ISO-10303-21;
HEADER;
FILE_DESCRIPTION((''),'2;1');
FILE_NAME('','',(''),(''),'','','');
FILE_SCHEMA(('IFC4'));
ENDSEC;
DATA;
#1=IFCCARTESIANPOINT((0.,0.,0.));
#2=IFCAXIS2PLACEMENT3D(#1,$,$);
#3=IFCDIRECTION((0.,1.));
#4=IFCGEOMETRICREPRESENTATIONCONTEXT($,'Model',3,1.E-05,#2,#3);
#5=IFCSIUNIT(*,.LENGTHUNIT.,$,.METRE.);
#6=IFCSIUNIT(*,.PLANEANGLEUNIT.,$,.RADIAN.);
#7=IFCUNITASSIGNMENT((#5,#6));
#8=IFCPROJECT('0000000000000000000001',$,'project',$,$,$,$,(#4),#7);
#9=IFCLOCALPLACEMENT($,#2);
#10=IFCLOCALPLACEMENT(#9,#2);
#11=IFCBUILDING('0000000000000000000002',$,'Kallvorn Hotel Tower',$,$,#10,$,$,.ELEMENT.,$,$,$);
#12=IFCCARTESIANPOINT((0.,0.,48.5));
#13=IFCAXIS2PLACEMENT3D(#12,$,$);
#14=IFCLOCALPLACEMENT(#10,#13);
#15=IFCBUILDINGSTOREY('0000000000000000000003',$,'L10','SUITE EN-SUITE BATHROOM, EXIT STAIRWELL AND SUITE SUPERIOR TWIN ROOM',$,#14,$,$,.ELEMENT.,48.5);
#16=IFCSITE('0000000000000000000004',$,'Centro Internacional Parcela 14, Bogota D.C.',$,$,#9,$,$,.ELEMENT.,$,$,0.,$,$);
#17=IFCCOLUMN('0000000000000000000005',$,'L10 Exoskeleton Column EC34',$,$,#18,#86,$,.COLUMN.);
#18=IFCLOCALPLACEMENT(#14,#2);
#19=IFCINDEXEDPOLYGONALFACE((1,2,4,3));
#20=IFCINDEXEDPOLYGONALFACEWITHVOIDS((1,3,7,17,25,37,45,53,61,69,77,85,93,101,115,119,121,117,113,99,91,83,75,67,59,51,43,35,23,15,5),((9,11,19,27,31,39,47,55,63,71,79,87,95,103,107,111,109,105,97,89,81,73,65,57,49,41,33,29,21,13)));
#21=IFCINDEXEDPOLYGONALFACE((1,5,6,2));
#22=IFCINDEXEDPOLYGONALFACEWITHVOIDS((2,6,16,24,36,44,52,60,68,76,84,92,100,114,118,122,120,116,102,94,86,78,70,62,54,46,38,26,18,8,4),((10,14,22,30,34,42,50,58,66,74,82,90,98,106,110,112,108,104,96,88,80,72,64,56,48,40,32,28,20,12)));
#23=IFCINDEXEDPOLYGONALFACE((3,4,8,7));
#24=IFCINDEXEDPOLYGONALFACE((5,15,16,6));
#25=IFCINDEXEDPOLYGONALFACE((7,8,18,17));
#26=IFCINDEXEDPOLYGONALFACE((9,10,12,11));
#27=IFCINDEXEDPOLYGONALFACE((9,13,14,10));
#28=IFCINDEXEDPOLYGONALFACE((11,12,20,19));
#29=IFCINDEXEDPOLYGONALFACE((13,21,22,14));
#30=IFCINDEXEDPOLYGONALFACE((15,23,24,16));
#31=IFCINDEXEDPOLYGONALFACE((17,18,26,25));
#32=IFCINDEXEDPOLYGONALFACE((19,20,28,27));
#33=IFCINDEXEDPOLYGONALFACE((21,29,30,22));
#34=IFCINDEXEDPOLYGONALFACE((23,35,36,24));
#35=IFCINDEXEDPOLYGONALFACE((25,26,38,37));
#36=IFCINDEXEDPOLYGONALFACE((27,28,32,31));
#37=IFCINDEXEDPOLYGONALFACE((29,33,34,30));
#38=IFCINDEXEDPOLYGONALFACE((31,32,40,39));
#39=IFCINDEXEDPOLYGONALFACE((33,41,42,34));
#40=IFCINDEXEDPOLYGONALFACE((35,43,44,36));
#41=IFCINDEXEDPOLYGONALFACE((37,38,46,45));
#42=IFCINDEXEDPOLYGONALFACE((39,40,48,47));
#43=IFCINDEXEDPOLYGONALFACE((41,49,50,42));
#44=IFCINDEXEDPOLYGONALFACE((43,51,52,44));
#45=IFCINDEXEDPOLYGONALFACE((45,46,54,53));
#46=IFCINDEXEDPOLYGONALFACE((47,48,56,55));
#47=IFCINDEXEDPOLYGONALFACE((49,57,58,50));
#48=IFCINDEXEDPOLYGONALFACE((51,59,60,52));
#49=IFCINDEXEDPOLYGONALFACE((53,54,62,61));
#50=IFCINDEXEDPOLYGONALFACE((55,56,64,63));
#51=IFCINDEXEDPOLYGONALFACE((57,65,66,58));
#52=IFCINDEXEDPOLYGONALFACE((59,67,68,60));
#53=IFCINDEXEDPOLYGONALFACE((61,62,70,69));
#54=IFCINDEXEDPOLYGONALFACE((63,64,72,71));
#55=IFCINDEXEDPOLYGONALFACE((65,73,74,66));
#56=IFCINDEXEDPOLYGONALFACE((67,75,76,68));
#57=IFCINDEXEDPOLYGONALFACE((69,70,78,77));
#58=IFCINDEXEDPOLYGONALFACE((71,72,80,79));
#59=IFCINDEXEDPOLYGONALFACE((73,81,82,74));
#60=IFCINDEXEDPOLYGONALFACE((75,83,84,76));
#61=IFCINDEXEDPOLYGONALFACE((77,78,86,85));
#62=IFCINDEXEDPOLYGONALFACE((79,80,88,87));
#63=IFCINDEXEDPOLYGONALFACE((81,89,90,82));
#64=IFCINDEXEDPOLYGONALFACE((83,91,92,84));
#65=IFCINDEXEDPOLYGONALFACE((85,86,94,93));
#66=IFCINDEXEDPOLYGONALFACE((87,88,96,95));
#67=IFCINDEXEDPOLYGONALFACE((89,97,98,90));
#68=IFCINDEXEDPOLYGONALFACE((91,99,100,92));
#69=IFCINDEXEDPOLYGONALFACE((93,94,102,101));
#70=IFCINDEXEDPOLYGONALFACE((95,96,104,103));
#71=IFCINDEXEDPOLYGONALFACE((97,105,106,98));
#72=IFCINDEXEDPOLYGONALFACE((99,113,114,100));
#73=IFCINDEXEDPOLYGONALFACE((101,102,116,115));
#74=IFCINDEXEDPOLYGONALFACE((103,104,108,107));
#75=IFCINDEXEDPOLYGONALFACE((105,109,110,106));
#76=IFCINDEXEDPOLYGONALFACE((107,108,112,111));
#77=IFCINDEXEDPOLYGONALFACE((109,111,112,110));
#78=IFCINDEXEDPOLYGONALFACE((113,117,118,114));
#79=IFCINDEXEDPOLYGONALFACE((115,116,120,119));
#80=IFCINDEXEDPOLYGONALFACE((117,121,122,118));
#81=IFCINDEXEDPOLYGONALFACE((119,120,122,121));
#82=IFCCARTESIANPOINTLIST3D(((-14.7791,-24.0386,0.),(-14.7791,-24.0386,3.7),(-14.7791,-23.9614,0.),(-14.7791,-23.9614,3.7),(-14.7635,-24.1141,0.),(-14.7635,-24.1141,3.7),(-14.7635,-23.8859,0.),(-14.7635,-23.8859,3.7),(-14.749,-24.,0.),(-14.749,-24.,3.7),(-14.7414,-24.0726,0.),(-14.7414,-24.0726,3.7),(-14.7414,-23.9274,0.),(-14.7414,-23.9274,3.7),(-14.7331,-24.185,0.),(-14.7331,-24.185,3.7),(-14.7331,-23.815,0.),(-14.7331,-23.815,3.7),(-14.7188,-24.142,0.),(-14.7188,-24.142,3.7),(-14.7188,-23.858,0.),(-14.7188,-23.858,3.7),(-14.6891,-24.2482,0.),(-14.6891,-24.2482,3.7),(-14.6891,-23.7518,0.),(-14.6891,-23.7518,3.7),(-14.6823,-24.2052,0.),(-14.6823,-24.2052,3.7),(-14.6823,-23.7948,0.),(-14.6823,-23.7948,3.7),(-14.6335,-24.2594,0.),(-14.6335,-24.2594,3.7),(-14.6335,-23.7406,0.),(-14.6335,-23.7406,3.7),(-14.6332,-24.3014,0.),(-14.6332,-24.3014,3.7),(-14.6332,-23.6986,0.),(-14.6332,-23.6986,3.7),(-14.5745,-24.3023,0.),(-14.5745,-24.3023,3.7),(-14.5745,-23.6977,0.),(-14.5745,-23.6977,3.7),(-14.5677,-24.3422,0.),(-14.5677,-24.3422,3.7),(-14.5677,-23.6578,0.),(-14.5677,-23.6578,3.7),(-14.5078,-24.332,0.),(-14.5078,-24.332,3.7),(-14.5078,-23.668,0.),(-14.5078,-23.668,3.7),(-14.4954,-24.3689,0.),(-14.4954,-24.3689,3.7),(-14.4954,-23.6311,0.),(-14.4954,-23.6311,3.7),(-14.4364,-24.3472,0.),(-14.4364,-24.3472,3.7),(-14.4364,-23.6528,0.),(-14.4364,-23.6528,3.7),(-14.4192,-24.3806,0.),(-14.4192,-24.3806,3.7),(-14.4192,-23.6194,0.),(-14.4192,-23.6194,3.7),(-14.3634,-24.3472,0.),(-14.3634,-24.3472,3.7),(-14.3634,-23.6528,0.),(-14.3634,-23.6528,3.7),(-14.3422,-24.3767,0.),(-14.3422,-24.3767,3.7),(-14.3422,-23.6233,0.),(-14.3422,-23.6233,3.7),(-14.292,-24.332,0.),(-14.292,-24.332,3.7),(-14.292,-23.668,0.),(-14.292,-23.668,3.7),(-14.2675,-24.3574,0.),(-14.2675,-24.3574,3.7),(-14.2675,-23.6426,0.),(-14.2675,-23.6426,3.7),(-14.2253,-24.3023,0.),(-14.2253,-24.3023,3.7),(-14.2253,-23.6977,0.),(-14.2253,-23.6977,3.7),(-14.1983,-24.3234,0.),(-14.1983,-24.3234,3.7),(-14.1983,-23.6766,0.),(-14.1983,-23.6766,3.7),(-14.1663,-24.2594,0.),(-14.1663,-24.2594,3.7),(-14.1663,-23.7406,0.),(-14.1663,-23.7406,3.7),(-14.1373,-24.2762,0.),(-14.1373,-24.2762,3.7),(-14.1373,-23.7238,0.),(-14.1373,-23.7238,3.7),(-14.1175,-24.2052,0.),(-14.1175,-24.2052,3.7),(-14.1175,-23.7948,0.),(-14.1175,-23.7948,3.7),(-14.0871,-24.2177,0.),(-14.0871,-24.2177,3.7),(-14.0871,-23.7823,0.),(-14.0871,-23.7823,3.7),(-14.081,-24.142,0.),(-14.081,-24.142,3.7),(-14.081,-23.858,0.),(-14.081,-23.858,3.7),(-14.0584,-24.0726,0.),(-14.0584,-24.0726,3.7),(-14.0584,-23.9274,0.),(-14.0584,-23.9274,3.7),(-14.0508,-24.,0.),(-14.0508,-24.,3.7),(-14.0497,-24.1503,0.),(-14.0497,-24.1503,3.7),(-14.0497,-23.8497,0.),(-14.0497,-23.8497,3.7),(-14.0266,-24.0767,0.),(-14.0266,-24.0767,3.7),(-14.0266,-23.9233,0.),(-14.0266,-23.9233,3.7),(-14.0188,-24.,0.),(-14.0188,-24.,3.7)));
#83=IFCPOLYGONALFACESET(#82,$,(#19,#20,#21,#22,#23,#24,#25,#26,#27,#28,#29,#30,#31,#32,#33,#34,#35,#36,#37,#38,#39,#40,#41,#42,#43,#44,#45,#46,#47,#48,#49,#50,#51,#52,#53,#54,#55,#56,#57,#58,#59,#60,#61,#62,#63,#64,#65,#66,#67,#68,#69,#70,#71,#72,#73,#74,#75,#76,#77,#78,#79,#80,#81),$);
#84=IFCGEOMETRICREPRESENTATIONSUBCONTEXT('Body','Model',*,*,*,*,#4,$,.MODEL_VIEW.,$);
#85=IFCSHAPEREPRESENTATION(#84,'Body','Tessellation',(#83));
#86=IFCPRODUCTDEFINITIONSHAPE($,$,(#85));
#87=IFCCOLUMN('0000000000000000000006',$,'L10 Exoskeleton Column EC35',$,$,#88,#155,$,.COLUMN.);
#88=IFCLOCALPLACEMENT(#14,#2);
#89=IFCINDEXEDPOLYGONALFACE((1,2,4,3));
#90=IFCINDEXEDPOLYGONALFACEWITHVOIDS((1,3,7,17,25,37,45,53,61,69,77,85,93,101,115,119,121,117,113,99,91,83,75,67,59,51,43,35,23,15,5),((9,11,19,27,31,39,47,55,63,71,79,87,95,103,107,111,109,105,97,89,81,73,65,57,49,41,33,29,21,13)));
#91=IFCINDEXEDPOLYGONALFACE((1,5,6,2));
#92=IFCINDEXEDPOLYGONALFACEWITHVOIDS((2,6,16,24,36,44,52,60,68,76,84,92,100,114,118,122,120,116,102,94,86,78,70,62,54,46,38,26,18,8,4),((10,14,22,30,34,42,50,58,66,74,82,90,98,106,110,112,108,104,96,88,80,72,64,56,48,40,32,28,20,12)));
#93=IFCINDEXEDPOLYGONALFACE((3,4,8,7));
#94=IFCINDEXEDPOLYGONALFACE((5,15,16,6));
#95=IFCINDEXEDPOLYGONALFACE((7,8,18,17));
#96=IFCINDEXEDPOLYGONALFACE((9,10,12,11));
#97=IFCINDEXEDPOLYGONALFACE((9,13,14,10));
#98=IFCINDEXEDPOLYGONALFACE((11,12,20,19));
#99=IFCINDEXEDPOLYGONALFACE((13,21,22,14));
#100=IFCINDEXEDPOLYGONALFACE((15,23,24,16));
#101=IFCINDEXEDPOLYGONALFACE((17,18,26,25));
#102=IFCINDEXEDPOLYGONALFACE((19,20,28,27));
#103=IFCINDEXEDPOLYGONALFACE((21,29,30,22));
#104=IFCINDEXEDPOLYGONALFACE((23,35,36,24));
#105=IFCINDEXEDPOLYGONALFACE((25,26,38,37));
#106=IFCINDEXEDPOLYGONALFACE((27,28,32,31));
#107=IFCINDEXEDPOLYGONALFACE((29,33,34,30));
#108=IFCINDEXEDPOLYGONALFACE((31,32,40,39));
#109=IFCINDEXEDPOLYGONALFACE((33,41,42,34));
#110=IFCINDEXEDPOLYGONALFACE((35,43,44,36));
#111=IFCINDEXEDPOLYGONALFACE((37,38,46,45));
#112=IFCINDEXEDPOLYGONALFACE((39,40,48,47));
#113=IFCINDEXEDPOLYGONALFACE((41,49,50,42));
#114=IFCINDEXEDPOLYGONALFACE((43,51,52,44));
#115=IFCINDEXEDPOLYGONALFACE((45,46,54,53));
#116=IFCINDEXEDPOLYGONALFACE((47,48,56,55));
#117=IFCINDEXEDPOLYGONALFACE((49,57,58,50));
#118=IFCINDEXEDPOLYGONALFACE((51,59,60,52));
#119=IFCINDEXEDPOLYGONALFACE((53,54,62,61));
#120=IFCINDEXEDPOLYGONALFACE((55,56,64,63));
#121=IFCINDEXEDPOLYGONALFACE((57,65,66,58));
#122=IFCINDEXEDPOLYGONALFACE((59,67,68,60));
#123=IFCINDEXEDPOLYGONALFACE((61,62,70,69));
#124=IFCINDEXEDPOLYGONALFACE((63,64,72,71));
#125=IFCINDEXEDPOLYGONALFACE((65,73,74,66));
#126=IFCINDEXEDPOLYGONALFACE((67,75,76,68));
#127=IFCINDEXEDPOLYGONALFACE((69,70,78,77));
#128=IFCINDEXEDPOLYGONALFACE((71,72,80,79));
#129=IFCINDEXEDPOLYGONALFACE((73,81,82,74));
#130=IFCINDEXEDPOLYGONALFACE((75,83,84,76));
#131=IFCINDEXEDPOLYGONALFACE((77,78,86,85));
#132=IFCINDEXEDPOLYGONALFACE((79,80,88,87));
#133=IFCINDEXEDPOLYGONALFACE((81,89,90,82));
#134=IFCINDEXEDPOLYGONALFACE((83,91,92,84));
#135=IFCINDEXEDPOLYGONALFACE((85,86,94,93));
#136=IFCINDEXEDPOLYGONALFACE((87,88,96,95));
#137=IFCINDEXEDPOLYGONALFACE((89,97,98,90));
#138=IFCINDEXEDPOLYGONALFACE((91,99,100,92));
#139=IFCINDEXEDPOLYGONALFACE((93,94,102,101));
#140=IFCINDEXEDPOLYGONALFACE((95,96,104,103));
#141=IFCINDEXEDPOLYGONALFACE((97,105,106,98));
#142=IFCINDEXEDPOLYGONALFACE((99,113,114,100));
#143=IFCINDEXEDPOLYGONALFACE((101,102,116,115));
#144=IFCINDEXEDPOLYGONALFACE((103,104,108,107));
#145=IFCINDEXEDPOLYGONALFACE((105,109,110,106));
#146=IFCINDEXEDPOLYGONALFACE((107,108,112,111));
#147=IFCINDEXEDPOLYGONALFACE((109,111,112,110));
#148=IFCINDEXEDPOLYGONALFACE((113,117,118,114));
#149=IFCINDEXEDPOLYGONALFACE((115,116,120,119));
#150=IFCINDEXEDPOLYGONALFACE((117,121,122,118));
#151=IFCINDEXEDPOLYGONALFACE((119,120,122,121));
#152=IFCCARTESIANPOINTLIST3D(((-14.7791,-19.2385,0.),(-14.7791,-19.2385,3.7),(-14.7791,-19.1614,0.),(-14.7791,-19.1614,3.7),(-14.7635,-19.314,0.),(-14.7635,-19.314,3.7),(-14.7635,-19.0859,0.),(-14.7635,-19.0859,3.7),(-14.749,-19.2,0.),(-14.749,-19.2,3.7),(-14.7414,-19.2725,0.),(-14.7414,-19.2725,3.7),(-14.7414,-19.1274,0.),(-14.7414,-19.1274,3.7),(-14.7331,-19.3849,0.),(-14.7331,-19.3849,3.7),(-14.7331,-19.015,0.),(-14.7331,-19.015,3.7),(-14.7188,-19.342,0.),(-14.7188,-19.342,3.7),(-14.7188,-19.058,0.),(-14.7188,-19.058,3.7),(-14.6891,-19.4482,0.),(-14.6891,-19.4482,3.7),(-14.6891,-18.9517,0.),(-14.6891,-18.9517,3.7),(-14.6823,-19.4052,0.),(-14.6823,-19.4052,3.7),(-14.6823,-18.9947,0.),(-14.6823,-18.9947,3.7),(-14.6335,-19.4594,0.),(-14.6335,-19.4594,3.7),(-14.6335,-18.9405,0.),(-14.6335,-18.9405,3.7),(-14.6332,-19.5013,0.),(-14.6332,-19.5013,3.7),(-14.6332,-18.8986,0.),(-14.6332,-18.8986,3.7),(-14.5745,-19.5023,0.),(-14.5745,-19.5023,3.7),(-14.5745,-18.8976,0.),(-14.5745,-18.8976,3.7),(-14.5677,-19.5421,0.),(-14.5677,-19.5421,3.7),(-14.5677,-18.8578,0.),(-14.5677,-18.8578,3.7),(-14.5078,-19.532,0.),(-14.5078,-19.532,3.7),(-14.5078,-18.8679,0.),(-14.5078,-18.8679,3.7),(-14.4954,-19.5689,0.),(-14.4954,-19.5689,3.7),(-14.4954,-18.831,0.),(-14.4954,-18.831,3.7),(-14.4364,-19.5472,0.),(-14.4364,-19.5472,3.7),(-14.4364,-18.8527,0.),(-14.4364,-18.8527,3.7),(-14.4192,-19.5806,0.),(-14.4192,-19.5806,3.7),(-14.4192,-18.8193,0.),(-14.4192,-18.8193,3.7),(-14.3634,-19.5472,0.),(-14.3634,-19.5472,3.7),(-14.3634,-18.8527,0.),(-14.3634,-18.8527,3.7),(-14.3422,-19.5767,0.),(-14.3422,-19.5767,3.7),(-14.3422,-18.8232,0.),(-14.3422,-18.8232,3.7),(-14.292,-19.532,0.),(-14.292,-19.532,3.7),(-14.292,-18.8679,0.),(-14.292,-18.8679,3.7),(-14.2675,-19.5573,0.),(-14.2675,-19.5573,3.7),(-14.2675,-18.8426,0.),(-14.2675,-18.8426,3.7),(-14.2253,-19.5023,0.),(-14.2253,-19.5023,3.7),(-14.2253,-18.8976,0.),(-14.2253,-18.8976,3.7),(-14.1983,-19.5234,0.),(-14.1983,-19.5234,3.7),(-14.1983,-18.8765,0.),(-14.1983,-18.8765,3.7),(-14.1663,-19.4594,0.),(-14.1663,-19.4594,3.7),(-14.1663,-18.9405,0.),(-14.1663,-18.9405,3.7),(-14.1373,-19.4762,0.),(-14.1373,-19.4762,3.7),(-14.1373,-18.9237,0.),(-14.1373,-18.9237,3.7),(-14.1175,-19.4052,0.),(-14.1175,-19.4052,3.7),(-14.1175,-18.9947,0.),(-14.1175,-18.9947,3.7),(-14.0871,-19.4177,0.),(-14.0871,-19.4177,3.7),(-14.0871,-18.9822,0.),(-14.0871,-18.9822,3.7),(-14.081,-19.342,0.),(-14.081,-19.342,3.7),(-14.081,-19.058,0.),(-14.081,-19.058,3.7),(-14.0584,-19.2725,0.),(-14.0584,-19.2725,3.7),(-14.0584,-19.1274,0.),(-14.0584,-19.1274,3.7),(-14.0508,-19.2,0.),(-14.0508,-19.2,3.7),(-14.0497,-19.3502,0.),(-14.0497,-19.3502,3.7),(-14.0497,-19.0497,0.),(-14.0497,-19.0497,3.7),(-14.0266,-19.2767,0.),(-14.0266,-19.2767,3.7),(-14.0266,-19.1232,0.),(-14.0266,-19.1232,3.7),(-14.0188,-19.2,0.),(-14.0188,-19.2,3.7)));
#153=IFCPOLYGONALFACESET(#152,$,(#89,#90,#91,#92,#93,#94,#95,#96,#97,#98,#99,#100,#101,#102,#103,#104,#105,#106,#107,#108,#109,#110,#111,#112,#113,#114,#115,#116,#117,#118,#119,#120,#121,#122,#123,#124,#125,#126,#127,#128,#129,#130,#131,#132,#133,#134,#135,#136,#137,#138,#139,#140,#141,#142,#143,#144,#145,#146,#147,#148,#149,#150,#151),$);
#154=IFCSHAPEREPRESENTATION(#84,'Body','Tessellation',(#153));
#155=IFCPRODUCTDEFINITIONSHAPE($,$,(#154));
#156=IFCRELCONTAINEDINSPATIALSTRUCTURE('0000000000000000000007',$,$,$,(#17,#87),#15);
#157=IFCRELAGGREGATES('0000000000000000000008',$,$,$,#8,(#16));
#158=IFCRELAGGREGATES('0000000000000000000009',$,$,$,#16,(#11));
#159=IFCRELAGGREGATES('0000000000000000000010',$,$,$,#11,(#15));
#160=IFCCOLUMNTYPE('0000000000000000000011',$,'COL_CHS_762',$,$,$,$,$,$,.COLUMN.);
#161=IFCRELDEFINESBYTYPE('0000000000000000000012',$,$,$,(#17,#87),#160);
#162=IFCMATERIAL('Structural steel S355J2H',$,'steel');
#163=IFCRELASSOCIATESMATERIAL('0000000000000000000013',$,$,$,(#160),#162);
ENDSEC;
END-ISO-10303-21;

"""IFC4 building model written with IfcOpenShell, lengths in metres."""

from ifc_helpers import new_model, si_unit, direction, frame, origin, origin_2d, place, context, subcontext, project, spatial, hollow_circle, extrude, material, material_profile, profile_set, type_object, element, save


model = new_model("IFC4")

# Units and contexts
model_context = context("Model", 3, precision=1e-05, world=origin(), true_north=direction((0.0, 1.0)))
body_context = subcontext(model_context, "Body", "Model", "MODEL_VIEW")
ifc_project = project(units=[si_unit("LENGTHUNIT", "METRE"), si_unit("PLANEANGLEUNIT", "RADIAN")], contexts=[model_context])

# Site, building, storey
site_placement = place(None, origin())
site = spatial("IfcSite", under=ifc_project, at=site_placement, Name="Centro Internacional Parcela 14, Bogota D.C.", CompositionType="ELEMENT", RefElevation=0.0)
building_placement = place(site_placement, origin())
building = spatial("IfcBuilding", under=site, at=building_placement, Name="Kallvorn Hotel Tower", CompositionType="ELEMENT")
storey_placement = place(building_placement, frame((0.0, 0.0, 48.5)))
storey = spatial("IfcBuildingStorey", under=building, at=storey_placement, Name="L10", Description="SUITE EN-SUITE BATHROOM, EXIT STAIRWELL AND SUITE SUPERIOR TWIN ROOM", CompositionType="ELEMENT", Elevation=48.5)

# Columns
ifc_material_1 = material(Name="Structural steel S355J2H", Category="steel")
ifc_material_profile_1 = material_profile(ifc_material_1, hollow_circle(Radius=0.3811, WallThickness=0.032, at=origin_2d()), Name="CHS 762x32")
ifc_profile_set_1 = profile_set([ifc_material_profile_1], Name="Structural steel S355J2H")
column_type_1 = type_object("IfcColumnType", Name="COL_CHS_762", PredefinedType="COLUMN", material=ifc_profile_set_1)
for number, where, z_axis, x_axis, name in (
    (1, (-14.3999, -24.0, 0.0), (0.0, 0.0, 1.0), (1.0, 0.0, 0.0), "L10 Exoskeleton Column EC34"),
    (2, (-14.3999, -19.2, 0.0), (0.0, 0.0, 1.0), (1.0, 0.0, 0.0), "L10 Exoskeleton Column EC35"),
):
    element("IfcColumn", number, at=place(storey_placement, frame(where, z_axis=z_axis, x_axis=x_axis)), inside=storey, type_object=column_type_1, Name=name, PredefinedType="COLUMN", context=body_context, shape_type="SweptSolid", body=[
        extrude(hollow_circle(Radius=0.3811, WallThickness=0.032, at=origin_2d()), origin(), (0.0, 0.0, 1.0), 3.7),
    ])

save(model, "model.ifc")
